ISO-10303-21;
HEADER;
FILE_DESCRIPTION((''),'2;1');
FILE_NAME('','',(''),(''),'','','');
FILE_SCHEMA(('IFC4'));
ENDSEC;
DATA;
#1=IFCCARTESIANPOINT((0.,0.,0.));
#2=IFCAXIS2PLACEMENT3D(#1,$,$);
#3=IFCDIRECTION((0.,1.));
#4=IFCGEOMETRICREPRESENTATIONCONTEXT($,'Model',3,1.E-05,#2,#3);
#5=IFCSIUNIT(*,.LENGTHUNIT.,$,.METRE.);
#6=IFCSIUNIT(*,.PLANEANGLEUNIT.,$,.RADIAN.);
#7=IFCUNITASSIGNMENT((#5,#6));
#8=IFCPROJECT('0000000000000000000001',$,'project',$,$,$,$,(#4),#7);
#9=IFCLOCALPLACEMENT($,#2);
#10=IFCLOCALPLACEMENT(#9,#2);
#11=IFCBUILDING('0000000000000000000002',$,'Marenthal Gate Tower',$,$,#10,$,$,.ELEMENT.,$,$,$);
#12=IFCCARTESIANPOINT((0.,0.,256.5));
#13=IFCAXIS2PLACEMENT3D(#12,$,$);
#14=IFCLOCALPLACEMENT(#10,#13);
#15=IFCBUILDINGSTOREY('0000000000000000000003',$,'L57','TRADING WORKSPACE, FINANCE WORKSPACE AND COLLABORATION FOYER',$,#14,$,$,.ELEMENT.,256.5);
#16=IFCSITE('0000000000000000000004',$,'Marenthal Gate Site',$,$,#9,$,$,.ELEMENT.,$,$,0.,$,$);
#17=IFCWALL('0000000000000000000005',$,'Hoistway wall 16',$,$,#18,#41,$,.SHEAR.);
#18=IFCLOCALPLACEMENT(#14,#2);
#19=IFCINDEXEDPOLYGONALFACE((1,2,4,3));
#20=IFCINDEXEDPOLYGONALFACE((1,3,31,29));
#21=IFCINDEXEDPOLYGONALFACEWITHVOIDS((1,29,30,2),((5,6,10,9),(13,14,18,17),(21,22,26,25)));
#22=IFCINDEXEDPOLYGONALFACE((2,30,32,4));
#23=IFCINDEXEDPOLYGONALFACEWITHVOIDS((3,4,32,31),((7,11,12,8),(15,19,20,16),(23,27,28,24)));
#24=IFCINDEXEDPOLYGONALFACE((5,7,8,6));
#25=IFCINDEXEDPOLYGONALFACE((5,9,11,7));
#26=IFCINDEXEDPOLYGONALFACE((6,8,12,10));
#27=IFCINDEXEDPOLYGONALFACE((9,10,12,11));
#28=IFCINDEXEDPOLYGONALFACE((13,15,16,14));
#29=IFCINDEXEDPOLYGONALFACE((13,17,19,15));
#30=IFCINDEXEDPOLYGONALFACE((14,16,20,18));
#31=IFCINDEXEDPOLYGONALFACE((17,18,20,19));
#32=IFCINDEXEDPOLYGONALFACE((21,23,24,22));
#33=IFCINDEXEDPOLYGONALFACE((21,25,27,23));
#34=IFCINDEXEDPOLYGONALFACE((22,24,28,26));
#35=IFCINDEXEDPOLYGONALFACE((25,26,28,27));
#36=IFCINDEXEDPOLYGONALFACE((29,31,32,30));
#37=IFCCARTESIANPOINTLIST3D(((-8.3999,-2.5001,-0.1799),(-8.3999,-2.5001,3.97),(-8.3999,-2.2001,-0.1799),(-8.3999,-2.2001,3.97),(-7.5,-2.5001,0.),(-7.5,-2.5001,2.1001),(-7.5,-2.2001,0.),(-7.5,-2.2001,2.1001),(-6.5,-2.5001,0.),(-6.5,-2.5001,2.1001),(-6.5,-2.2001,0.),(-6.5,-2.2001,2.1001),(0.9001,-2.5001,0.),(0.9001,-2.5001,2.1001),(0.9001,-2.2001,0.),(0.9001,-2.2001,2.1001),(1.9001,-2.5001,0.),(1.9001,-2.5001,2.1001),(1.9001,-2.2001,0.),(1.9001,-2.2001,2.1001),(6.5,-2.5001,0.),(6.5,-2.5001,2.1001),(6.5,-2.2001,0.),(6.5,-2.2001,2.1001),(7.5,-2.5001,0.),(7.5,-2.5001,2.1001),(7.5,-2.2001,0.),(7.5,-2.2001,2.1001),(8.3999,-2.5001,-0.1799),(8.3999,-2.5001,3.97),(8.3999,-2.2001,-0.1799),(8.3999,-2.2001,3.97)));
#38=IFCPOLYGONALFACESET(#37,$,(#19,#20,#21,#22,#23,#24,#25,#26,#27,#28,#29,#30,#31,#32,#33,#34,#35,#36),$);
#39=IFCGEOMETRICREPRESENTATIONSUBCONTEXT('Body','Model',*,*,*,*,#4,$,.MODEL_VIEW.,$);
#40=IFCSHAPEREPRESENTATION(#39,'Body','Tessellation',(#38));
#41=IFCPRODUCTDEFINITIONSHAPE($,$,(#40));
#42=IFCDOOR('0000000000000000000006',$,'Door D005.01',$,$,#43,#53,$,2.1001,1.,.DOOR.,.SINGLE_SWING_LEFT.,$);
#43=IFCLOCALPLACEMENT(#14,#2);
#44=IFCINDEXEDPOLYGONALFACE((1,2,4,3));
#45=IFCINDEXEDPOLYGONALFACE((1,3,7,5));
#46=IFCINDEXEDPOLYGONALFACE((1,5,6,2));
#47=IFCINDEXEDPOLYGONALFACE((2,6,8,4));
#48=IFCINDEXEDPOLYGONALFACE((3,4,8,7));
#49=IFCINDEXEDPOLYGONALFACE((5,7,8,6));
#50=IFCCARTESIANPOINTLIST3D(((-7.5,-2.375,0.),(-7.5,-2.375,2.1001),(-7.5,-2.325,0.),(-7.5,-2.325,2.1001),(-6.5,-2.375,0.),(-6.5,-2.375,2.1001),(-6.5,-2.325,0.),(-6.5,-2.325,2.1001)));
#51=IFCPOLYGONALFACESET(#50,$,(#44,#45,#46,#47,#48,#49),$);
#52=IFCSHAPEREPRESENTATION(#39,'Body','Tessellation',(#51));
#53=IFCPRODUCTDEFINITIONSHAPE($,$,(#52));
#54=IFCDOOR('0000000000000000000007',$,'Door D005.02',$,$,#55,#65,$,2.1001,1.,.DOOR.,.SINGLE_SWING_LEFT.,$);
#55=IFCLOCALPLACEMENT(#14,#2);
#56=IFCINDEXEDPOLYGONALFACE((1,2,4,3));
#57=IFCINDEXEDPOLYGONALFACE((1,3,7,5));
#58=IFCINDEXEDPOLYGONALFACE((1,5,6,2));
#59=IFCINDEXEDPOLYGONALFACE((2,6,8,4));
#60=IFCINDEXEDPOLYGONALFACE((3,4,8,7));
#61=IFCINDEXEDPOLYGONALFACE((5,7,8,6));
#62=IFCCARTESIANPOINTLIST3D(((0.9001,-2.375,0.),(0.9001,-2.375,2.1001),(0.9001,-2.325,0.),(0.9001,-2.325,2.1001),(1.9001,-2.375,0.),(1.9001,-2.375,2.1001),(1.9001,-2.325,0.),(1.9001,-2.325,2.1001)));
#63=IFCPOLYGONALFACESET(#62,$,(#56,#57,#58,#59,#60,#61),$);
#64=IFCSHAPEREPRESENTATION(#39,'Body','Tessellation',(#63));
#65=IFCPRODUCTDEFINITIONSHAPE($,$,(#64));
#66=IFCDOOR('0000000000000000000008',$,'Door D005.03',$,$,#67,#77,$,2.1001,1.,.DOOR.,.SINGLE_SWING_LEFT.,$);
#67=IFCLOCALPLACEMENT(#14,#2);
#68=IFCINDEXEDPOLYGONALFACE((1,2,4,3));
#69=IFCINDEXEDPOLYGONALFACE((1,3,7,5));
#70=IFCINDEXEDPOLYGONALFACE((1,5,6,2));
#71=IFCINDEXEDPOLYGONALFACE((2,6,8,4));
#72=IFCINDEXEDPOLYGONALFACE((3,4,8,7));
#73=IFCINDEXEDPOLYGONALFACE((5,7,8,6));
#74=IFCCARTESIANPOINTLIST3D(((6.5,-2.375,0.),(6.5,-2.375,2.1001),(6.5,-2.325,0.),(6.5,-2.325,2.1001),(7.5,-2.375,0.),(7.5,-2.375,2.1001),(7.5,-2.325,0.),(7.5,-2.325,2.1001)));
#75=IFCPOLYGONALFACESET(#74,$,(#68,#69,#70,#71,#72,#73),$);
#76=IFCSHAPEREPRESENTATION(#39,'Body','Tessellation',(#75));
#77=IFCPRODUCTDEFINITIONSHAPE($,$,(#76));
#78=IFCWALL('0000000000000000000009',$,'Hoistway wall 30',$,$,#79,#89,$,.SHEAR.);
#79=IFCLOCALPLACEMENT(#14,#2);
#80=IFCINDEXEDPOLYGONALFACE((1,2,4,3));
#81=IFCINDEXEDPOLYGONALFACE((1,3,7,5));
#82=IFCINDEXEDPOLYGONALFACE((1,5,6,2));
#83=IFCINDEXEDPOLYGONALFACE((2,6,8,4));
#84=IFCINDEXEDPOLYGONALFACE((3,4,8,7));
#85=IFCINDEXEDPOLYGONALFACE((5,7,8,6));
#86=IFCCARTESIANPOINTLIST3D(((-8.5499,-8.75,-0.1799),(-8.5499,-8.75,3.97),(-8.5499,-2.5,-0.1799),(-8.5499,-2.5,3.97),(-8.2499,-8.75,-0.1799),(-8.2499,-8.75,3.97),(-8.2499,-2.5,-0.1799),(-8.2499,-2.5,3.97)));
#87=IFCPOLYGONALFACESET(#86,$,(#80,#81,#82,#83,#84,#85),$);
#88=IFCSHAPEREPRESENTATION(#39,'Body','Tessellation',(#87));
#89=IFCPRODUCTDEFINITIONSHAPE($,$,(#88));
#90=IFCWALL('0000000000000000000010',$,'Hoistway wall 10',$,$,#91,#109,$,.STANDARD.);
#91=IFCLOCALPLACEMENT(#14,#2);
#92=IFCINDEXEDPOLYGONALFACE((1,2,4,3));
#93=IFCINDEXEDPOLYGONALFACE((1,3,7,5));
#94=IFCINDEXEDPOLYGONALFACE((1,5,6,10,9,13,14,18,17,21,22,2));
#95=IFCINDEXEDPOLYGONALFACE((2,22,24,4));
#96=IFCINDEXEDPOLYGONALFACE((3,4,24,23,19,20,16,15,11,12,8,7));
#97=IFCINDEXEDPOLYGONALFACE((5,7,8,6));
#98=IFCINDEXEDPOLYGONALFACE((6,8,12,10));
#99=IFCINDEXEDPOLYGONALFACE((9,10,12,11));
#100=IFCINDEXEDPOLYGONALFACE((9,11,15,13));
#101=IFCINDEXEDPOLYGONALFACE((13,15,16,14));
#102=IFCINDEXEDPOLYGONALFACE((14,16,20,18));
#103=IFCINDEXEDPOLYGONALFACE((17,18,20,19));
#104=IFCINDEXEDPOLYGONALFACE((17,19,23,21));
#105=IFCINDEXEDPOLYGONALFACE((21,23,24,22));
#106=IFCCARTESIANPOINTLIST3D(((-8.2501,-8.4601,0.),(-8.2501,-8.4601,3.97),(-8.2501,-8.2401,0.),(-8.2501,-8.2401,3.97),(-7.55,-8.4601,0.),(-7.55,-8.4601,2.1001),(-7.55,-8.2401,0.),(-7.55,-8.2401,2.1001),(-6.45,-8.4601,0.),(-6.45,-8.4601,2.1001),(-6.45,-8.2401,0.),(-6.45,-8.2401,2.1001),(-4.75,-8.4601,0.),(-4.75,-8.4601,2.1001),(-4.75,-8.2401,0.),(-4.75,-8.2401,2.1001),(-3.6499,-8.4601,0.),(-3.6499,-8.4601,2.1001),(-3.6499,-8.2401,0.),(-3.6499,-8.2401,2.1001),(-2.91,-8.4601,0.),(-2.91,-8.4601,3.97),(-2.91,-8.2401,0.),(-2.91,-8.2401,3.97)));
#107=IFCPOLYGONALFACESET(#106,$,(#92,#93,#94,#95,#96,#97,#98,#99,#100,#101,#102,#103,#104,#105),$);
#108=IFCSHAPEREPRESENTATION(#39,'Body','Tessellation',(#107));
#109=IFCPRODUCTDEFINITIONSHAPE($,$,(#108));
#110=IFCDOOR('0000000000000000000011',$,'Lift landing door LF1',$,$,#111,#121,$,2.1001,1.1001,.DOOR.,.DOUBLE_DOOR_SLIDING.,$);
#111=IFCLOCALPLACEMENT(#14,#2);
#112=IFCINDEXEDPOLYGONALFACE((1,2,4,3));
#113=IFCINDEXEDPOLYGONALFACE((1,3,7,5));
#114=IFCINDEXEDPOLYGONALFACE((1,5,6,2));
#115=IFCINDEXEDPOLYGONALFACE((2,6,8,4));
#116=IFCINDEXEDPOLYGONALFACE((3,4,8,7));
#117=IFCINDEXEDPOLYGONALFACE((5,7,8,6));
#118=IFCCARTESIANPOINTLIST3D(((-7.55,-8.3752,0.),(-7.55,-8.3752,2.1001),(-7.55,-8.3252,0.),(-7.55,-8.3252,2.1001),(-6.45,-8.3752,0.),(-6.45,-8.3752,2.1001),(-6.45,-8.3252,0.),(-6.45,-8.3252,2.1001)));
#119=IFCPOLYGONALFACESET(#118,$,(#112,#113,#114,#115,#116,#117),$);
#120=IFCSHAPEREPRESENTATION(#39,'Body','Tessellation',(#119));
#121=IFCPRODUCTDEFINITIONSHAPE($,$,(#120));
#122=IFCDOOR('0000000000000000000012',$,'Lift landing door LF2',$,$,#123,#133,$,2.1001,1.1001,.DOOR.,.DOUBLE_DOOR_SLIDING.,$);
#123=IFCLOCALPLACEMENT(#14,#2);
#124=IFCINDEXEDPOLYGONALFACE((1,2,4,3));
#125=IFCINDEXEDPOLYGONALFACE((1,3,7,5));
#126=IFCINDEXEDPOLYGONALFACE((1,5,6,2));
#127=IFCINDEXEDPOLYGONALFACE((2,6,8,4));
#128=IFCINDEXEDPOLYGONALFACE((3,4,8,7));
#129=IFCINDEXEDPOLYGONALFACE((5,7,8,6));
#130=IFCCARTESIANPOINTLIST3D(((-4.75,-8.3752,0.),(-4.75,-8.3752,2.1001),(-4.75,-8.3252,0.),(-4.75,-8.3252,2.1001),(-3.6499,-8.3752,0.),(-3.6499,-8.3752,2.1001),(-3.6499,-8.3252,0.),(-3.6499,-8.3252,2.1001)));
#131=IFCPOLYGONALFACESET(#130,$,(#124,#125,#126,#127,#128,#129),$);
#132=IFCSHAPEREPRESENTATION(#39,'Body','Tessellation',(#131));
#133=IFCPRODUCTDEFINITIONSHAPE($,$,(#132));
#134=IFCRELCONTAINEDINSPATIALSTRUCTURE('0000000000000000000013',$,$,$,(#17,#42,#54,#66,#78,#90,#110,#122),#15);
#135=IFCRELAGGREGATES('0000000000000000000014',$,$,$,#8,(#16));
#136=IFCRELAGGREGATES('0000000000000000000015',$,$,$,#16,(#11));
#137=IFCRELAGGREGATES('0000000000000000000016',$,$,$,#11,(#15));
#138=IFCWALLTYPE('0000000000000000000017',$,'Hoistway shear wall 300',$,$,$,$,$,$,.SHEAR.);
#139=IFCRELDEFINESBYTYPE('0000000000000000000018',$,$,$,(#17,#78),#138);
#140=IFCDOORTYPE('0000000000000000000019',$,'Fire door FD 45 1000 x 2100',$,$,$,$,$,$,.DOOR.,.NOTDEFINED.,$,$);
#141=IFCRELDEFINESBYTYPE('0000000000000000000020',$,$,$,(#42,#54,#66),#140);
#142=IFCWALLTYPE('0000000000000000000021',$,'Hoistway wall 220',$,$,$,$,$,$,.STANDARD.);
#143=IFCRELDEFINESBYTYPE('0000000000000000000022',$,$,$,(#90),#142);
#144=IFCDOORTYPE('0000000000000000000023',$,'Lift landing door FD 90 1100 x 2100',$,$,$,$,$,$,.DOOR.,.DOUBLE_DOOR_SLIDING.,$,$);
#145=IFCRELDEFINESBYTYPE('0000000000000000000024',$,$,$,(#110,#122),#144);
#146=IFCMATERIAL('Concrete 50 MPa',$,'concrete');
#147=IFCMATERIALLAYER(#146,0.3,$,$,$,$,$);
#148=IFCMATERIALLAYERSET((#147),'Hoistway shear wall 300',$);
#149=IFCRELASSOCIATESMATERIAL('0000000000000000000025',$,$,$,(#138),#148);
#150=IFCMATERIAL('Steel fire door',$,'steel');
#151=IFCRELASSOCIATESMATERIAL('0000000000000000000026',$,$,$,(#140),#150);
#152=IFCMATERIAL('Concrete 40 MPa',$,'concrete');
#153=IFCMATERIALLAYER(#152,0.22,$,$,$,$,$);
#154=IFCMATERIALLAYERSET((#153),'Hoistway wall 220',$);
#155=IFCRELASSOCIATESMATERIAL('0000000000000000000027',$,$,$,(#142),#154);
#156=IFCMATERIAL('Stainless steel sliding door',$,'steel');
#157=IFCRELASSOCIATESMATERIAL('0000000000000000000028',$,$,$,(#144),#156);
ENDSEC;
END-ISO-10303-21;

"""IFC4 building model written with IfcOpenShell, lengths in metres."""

from ifc_helpers import new_model, si_unit, direction, frame, frame_2d, origin, place, context, subcontext, project, spatial, rectangle, extrude, material, layer, layer_set, type_object, element, fill, save


model = new_model("IFC4")

# Units and contexts
model_context = context("Model", 3, precision=1e-05, world=origin(), true_north=direction((0.0, 1.0)))
body_context = subcontext(model_context, "Body", "Model", "MODEL_VIEW")
ifc_project = project(units=[si_unit("LENGTHUNIT", "METRE"), si_unit("PLANEANGLEUNIT", "RADIAN")], contexts=[model_context])

# Site, building, storey
site_placement = place(None, origin())
site = spatial("IfcSite", under=ifc_project, at=site_placement, Name="Marenthal Gate Site", CompositionType="ELEMENT", RefElevation=0.0)
building_placement = place(site_placement, origin())
building = spatial("IfcBuilding", under=site, at=building_placement, Name="Marenthal Gate Tower", CompositionType="ELEMENT")
storey_placement = place(building_placement, frame((0.0, 0.0, 256.5)))
storey = spatial("IfcBuildingStorey", under=building, at=storey_placement, Name="L57", Description="TRADING WORKSPACE, FINANCE WORKSPACE AND COLLABORATION FOYER", CompositionType="ELEMENT", Elevation=256.5)

# Wall, openings, doors
ifc_material_1 = material(Name="Concrete 50 MPa", Category="concrete")
ifc_layer_1 = layer(ifc_material_1, 0.3)
ifc_layer_set_1 = layer_set([ifc_layer_1], Name="Hoistway shear wall 300")
wall_type_1 = type_object("IfcWallType", Name="Hoistway shear wall 300", PredefinedType="SHEAR", material=ifc_layer_set_1)
wall_1_placement = place(storey_placement, frame((-8.3999, -2.3501, -0.1799), z_axis=(0.0, 0.0, 1.0), x_axis=(1.0, 0.0, 0.0)))
wall_1 = element("IfcWall", 1, at=wall_1_placement, inside=storey, type_object=wall_type_1, Name="Hoistway wall 16", PredefinedType="SHEAR", context=body_context, shape_type="SweptSolid", body=[
    extrude(rectangle(XDim=16.7998, YDim=0.3, at=frame_2d((8.3999, 0.0))), origin(), (0.0, 0.0, 1.0), 4.1499),
])
opening_1_placement = place(wall_1_placement, frame((0.8999, 0.0, 0.1799)))
opening_1 = element("IfcOpeningElement", 2, at=opening_1_placement, cuts=wall_1, PredefinedType="OPENING", context=body_context, shape_type="SweptSolid", body=[
    extrude(rectangle(XDim=1.0, YDim=2.1001, at=frame_2d((0.5, 1.05))), frame((0.0, 0.1602, 0.0), z_axis=(0.0, -1.0, 0.0), x_axis=(1.0, 0.0, 0.0)), (0.0, 0.0, 1.0), 0.3201),
])
opening_2_placement = place(wall_1_placement, frame((9.3, 0.0, 0.1799)))
opening_2 = element("IfcOpeningElement", 3, at=opening_2_placement, cuts=wall_1, PredefinedType="OPENING", context=body_context, shape_type="SweptSolid", body=[
    extrude(rectangle(XDim=1.0, YDim=2.1001, at=frame_2d((0.5, 1.05))), frame((0.0, 0.1602, 0.0), z_axis=(0.0, -1.0, 0.0), x_axis=(1.0, 0.0, 0.0)), (0.0, 0.0, 1.0), 0.3201),
])
opening_3_placement = place(wall_1_placement, frame((14.8999, 0.0, 0.1799)))
opening_3 = element("IfcOpeningElement", 4, at=opening_3_placement, cuts=wall_1, PredefinedType="OPENING", context=body_context, shape_type="SweptSolid", body=[
    extrude(rectangle(XDim=1.0, YDim=2.1001, at=frame_2d((0.5, 1.05))), frame((0.0, 0.1602, 0.0), z_axis=(0.0, -1.0, 0.0), x_axis=(1.0, 0.0, 0.0)), (0.0, 0.0, 1.0), 0.3201),
])
ifc_material_2 = material(Name="Steel fire door", Category="steel")
door_type_1 = type_object("IfcDoorType", Name="Fire door FD 45 1000 x 2100", OperationType="NOTDEFINED", PredefinedType="DOOR", material=ifc_material_2)
door_1_placement = place(opening_1_placement, frame((1.0, 0.0, 0.0), z_axis=(0.0, 0.0, 1.0), x_axis=(-1.0, 0.0, 0.0)))
door_1 = element("IfcDoor", 5, at=door_1_placement, inside=storey, type_object=door_type_1, Name="Door D005.01", OperationType="SINGLE_SWING_LEFT", OverallHeight=2.1001, OverallWidth=1.0, PredefinedType="DOOR", context=body_context, shape_type="SweptSolid", body=[
    extrude(rectangle(XDim=1.0, YDim=2.1001, at=frame_2d((0.5, 1.05))), frame((0.0, 0.0249, 0.0), z_axis=(0.0, -1.0, 0.0), x_axis=(1.0, 0.0, 0.0)), (0.0, 0.0, 1.0), 0.05),
])
fill(opening_1, door_1)
door_2_placement = place(opening_2_placement, frame((1.0, 0.0, 0.0), z_axis=(0.0, 0.0, 1.0), x_axis=(-1.0, 0.0, 0.0)))
door_2 = element("IfcDoor", 6, at=door_2_placement, inside=storey, type_object=door_type_1, Name="Door D005.02", OperationType="SINGLE_SWING_LEFT", OverallHeight=2.1001, OverallWidth=1.0, PredefinedType="DOOR", context=body_context, shape_type="SweptSolid", body=[
    extrude(rectangle(XDim=1.0, YDim=2.1001, at=frame_2d((0.5, 1.05))), frame((0.0, 0.0249, 0.0), z_axis=(0.0, -1.0, 0.0), x_axis=(1.0, 0.0, 0.0)), (0.0, 0.0, 1.0), 0.05),
])
fill(opening_2, door_2)
door_3_placement = place(opening_3_placement, frame((1.0, 0.0, 0.0), z_axis=(0.0, 0.0, 1.0), x_axis=(-1.0, 0.0, 0.0)))
door_3 = element("IfcDoor", 7, at=door_3_placement, inside=storey, type_object=door_type_1, Name="Door D005.03", OperationType="SINGLE_SWING_LEFT", OverallHeight=2.1001, OverallWidth=1.0, PredefinedType="DOOR", context=body_context, shape_type="SweptSolid", body=[
    extrude(rectangle(XDim=1.0, YDim=2.1001, at=frame_2d((0.5, 1.05))), frame((0.0, 0.0249, 0.0), z_axis=(0.0, -1.0, 0.0), x_axis=(1.0, 0.0, 0.0)), (0.0, 0.0, 1.0), 0.05),
])
fill(opening_3, door_3)

# Wall
wall_2_placement = place(storey_placement, frame((-8.3999, -8.75, -0.1799), z_axis=(0.0, 0.0, 1.0), x_axis=(0.0, 1.0, 0.0)))
element("IfcWall", 8, at=wall_2_placement, inside=storey, type_object=wall_type_1, Name="Hoistway wall 30", PredefinedType="SHEAR", context=body_context, shape_type="SweptSolid", body=[
    extrude(rectangle(XDim=6.25, YDim=0.3, at=frame_2d((3.125, 0.0))), origin(), (0.0, 0.0, 1.0), 4.1499),
])

# Wall, openings, doors
ifc_material_3 = material(Name="Concrete 40 MPa", Category="concrete")
ifc_layer_2 = layer(ifc_material_3, 0.22)
ifc_layer_set_2 = layer_set([ifc_layer_2], Name="Hoistway wall 220")
wall_type_2 = type_object("IfcWallType", Name="Hoistway wall 220", PredefinedType="STANDARD", material=ifc_layer_set_2)
wall_3_placement = place(storey_placement, frame((-8.25, -8.3501, 0.0), z_axis=(0.0, 0.0, 1.0), x_axis=(1.0, 0.0, 0.0)))
wall_3 = element("IfcWall", 9, at=wall_3_placement, inside=storey, type_object=wall_type_2, Name="Hoistway wall 10", PredefinedType="STANDARD", context=body_context, shape_type="SweptSolid", body=[
    extrude(rectangle(XDim=5.3401, YDim=0.22, at=frame_2d((2.6699, 0.0))), origin(), (0.0, 0.0, 1.0), 3.97),
])
opening_4_placement = place(wall_3_placement, frame((0.7, 0.0, 0.0)))
opening_4 = element("IfcOpeningElement", 10, at=opening_4_placement, cuts=wall_3, PredefinedType="OPENING", context=body_context, shape_type="SweptSolid", body=[
    extrude(rectangle(XDim=1.1001, YDim=2.1001, at=frame_2d((0.55, 1.05))), frame((0.0, 0.1201, 0.0), z_axis=(0.0, -1.0, 0.0), x_axis=(1.0, 0.0, 0.0)), (0.0, 0.0, 1.0), 0.24),
])
opening_5_placement = place(wall_3_placement, frame((3.5, 0.0, 0.0)))
opening_5 = element("IfcOpeningElement", 11, at=opening_5_placement, cuts=wall_3, PredefinedType="OPENING", context=body_context, shape_type="SweptSolid", body=[
    extrude(rectangle(XDim=1.1001, YDim=2.1001, at=frame_2d((0.55, 1.05))), frame((0.0, 0.1201, 0.0), z_axis=(0.0, -1.0, 0.0), x_axis=(1.0, 0.0, 0.0)), (0.0, 0.0, 1.0), 0.24),
])
ifc_material_4 = material(Name="Stainless steel sliding door", Category="steel")
door_type_2 = type_object("IfcDoorType", Name="Lift landing door FD 90 1100 x 2100", OperationType="DOUBLE_DOOR_SLIDING", PredefinedType="DOOR", material=ifc_material_4)
door_4_placement = place(opening_4_placement, origin())
door_4 = element("IfcDoor", 12, at=door_4_placement, inside=storey, type_object=door_type_2, Name="Lift landing door LF1", OperationType="DOUBLE_DOOR_SLIDING", OverallHeight=2.1001, OverallWidth=1.1001, PredefinedType="DOOR", context=body_context, shape_type="SweptSolid", body=[
    extrude(rectangle(XDim=1.1001, YDim=2.1001, at=frame_2d((0.55, 1.05))), frame((0.0, 0.0249, 0.0), z_axis=(0.0, -1.0, 0.0), x_axis=(1.0, 0.0, 0.0)), (0.0, 0.0, 1.0), 0.05),
])
fill(opening_4, door_4)
door_5_placement = place(opening_5_placement, origin())
door_5 = element("IfcDoor", 13, at=door_5_placement, inside=storey, type_object=door_type_2, Name="Lift landing door LF2", OperationType="DOUBLE_DOOR_SLIDING", OverallHeight=2.1001, OverallWidth=1.1001, PredefinedType="DOOR", context=body_context, shape_type="SweptSolid", body=[
    extrude(rectangle(XDim=1.1001, YDim=2.1001, at=frame_2d((0.55, 1.05))), frame((0.0, 0.0249, 0.0), z_axis=(0.0, -1.0, 0.0), x_axis=(1.0, 0.0, 0.0)), (0.0, 0.0, 1.0), 0.05),
])
fill(opening_5, door_5)

save(model, "model.ifc")
